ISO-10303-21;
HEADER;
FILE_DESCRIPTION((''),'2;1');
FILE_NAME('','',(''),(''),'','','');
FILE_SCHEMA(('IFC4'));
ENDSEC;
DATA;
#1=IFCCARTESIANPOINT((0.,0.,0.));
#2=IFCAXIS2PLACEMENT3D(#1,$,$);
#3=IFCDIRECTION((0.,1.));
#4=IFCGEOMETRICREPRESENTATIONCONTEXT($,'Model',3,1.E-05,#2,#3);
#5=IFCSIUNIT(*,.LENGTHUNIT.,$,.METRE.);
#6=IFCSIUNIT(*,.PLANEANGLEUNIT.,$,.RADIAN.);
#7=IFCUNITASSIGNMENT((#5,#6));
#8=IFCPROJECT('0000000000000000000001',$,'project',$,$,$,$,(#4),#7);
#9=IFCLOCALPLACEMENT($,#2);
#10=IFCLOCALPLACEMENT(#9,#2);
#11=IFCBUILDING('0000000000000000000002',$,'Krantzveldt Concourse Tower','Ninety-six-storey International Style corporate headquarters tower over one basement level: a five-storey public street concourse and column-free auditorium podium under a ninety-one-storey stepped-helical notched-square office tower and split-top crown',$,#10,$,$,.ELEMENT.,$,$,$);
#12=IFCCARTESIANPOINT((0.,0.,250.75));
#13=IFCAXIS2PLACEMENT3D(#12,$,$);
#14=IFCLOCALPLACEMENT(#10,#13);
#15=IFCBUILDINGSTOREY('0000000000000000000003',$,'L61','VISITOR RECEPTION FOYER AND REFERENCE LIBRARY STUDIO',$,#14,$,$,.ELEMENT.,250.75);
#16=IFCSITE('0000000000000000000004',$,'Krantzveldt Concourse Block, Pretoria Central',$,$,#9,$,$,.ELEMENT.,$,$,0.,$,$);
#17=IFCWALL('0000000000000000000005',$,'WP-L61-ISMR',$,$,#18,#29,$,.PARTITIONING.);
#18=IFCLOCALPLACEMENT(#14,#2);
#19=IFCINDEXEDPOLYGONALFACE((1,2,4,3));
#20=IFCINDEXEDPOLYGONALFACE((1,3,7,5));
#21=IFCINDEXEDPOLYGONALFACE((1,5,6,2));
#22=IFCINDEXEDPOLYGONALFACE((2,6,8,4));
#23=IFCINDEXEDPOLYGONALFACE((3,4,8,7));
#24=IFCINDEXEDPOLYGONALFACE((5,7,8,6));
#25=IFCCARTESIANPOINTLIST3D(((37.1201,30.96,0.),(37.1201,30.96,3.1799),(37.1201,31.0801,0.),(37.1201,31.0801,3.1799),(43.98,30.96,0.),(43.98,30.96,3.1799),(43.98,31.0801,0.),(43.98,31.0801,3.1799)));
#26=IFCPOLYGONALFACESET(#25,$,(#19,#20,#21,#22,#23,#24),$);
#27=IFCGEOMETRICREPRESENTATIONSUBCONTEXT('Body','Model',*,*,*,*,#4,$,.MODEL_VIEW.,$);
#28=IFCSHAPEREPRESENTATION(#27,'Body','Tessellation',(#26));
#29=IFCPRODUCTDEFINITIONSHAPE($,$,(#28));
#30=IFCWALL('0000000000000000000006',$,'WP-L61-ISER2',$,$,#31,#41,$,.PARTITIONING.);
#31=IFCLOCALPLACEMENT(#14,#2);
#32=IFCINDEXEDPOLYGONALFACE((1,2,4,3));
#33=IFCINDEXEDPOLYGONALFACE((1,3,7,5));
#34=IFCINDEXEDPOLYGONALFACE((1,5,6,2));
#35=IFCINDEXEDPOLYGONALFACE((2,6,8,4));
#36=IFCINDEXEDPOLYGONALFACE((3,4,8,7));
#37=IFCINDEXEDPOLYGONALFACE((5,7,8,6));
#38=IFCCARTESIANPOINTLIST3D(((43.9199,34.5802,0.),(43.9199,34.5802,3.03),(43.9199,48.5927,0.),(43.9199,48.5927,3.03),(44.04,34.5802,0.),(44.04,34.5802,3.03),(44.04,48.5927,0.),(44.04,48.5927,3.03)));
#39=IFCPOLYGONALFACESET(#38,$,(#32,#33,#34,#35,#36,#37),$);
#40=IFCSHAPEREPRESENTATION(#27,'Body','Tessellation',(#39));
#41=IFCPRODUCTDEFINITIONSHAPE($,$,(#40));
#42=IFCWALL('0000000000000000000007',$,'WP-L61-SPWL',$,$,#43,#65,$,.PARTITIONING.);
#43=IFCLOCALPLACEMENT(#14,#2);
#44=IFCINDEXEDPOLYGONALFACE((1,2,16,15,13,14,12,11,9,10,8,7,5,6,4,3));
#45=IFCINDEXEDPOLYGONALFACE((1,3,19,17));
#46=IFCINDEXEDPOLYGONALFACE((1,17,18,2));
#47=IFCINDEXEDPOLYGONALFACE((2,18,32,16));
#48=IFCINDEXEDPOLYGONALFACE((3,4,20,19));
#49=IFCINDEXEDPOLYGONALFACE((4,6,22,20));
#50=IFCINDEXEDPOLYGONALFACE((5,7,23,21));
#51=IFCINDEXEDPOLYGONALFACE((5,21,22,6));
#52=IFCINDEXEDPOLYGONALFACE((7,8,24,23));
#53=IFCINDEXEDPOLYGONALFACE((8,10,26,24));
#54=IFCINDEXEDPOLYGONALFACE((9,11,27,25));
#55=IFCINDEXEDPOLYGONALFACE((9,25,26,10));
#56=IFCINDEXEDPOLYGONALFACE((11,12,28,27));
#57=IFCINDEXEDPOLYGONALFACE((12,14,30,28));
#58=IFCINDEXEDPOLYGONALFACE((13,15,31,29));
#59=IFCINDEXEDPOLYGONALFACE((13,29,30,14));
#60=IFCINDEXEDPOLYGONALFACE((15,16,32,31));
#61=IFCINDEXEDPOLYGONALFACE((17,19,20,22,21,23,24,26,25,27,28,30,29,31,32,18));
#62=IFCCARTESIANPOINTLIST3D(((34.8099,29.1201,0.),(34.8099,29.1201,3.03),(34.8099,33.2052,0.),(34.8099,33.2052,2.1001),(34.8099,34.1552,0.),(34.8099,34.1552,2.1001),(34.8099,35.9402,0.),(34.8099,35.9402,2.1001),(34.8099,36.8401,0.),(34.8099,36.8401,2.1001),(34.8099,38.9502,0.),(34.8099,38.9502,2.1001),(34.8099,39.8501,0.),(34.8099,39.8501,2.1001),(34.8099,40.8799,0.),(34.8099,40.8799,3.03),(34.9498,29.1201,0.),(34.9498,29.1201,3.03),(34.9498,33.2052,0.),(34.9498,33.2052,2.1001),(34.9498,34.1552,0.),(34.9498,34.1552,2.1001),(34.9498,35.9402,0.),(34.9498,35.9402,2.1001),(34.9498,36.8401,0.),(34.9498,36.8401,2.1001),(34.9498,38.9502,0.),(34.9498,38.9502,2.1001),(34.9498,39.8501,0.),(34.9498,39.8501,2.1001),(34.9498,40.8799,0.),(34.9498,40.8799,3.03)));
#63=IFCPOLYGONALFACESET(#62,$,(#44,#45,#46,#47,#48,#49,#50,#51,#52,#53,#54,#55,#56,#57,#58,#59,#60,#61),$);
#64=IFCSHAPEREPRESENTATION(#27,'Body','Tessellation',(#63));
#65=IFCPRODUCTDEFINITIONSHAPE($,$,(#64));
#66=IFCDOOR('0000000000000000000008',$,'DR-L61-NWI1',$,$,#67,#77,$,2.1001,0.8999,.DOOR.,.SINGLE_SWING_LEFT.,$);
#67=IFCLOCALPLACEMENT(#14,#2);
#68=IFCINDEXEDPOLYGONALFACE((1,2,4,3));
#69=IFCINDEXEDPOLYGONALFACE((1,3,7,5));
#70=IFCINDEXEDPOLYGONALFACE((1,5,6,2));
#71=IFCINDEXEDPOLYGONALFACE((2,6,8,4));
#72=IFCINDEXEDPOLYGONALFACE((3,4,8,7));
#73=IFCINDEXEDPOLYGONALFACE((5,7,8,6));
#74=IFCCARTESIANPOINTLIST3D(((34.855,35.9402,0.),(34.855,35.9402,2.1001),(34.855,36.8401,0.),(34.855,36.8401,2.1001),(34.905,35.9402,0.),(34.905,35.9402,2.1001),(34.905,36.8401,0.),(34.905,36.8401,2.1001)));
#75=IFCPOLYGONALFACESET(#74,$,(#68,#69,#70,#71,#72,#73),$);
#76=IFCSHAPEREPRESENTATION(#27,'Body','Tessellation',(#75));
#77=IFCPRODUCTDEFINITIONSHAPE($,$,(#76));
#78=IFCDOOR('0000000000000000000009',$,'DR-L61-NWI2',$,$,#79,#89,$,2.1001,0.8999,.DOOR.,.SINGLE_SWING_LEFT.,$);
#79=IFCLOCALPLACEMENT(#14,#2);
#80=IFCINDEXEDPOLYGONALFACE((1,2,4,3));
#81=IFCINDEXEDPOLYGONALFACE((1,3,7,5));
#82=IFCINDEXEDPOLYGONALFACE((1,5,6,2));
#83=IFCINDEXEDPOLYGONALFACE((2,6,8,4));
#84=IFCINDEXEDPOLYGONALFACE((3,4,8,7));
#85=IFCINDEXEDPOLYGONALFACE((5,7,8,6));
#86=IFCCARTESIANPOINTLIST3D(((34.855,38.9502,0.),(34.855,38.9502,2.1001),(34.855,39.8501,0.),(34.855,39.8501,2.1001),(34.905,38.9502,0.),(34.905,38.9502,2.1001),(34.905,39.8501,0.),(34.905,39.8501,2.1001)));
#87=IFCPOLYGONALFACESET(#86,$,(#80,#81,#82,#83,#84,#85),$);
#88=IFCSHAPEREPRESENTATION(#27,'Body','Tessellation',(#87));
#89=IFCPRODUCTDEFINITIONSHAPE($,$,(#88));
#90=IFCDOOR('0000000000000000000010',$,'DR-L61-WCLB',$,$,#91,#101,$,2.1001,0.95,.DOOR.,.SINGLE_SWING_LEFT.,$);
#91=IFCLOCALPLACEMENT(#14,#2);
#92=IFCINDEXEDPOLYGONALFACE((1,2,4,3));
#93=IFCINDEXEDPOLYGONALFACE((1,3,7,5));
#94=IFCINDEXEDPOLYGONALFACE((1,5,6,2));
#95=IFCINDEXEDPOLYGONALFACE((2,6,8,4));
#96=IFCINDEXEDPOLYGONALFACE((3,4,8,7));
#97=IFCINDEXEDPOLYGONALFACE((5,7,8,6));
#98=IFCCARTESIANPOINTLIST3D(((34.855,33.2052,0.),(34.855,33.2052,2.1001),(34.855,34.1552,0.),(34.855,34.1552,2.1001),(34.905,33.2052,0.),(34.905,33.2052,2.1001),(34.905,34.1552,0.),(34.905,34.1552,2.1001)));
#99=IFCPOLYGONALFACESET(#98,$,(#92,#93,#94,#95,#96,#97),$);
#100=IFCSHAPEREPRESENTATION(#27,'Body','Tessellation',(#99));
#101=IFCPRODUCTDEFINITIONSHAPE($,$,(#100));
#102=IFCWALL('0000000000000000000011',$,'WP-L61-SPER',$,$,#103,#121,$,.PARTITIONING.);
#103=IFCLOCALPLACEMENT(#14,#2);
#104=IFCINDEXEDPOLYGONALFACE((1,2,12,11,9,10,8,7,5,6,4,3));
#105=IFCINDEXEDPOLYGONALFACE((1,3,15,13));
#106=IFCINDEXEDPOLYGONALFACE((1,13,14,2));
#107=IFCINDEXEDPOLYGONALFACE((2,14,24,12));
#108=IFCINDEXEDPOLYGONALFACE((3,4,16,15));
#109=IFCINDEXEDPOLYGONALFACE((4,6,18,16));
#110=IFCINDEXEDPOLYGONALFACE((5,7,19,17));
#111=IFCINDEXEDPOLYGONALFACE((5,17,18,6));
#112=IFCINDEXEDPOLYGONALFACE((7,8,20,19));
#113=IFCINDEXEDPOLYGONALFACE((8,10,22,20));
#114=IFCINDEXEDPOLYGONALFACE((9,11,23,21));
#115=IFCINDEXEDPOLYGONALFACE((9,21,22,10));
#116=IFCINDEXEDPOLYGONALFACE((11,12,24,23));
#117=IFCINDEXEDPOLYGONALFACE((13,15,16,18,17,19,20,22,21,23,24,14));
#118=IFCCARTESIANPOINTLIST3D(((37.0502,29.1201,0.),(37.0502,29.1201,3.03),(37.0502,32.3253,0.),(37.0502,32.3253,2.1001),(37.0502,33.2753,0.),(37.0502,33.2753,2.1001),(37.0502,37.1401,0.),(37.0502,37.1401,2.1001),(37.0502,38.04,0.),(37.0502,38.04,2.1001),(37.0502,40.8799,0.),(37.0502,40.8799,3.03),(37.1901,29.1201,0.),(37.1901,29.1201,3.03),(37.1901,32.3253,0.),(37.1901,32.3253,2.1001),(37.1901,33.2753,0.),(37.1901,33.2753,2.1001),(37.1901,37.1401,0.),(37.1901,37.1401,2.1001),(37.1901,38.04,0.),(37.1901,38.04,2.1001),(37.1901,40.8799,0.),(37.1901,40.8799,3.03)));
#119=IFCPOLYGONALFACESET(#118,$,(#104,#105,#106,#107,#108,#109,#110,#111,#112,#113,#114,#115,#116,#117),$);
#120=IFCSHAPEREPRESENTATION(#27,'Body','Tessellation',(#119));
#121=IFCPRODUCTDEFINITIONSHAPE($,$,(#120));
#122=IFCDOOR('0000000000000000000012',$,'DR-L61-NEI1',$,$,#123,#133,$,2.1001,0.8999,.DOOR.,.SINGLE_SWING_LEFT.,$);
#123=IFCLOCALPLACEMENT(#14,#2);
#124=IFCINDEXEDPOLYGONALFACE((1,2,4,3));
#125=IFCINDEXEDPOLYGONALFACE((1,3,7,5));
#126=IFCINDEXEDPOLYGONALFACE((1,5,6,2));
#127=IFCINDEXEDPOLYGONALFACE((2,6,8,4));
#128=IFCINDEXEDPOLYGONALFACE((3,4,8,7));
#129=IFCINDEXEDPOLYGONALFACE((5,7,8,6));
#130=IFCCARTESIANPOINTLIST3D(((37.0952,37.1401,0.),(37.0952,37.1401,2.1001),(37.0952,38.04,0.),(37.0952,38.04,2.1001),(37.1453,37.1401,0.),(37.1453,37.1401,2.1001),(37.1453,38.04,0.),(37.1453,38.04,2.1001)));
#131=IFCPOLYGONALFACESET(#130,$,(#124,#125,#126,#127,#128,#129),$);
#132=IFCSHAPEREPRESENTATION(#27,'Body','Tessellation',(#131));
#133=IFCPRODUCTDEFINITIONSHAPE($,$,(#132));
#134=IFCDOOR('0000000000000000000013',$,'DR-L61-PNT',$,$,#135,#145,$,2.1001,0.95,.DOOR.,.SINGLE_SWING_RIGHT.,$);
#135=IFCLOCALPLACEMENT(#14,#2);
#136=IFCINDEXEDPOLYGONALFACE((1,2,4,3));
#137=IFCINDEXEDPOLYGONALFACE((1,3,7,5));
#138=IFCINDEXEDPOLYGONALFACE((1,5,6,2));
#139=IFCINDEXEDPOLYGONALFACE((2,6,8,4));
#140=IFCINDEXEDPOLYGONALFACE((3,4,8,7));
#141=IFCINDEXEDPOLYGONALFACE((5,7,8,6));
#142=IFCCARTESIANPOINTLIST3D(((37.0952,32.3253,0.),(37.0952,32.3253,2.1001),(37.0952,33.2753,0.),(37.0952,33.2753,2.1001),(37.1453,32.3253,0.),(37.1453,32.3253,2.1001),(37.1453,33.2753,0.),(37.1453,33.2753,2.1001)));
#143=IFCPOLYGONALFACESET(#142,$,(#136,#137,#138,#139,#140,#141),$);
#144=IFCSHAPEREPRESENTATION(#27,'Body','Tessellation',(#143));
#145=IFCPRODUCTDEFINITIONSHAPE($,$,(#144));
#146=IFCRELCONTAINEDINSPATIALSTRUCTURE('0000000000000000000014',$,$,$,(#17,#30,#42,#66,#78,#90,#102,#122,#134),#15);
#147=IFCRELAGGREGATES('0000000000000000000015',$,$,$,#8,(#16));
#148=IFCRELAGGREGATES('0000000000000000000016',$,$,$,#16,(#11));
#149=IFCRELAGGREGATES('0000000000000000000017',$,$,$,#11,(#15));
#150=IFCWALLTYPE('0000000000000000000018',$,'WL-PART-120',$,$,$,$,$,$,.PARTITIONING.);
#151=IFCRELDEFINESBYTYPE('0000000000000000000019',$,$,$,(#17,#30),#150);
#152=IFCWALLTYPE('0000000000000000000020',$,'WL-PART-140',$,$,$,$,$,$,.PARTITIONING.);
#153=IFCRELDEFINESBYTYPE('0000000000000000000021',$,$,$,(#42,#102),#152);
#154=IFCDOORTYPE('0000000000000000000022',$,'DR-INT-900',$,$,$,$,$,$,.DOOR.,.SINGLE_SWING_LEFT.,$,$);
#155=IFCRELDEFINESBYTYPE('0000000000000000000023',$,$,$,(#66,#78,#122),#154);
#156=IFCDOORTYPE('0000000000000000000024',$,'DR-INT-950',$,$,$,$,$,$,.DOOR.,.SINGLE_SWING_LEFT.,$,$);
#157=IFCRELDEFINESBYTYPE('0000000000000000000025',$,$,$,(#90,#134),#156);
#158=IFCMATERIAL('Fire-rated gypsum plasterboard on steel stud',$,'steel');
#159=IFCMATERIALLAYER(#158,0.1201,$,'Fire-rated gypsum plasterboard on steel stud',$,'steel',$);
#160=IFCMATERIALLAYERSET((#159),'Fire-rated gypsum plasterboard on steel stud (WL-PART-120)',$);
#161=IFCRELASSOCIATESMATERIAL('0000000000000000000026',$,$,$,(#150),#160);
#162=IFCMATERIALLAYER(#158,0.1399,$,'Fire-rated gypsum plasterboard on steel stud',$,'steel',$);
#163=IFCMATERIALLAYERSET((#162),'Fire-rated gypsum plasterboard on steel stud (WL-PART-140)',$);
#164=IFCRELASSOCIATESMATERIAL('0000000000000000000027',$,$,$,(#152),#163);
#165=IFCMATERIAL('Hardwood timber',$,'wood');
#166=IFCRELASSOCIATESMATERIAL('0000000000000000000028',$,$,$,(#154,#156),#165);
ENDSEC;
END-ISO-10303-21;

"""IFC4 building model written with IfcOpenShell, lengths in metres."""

from ifc_helpers import new_model, si_unit, direction, frame, frame_2d, origin, place, context, subcontext, project, spatial, rectangle, extrude, material, layer, layer_set, type_object, element, fill, save


model = new_model("IFC4")

# Units and contexts
model_context = context("Model", 3, precision=1e-05, world=origin(), true_north=direction((0.0, 1.0)))
body_context = subcontext(model_context, "Body", "Model", "MODEL_VIEW")
ifc_project = project(units=[si_unit("LENGTHUNIT", "METRE"), si_unit("PLANEANGLEUNIT", "RADIAN")], contexts=[model_context])

# Site, building, storey
site_placement = place(None, origin())
site = spatial("IfcSite", under=ifc_project, at=site_placement, Name="Krantzveldt Concourse Block, Pretoria Central", CompositionType="ELEMENT", RefElevation=0.0)
building_placement = place(site_placement, origin())
building = spatial("IfcBuilding", under=site, at=building_placement, Name="Krantzveldt Concourse Tower", Description="Ninety-six-storey International Style corporate headquarters tower over one basement level: a five-storey public street concourse and column-free auditorium podium under a ninety-one-storey stepped-helical notched-square office tower and split-top crown", CompositionType="ELEMENT")
storey_placement = place(building_placement, frame((0.0, 0.0, 250.75)))
storey = spatial("IfcBuildingStorey", under=building, at=storey_placement, Name="L61", Description="VISITOR RECEPTION FOYER AND REFERENCE LIBRARY STUDIO", CompositionType="ELEMENT", Elevation=250.75)

# Walls
ifc_material_1 = material(Name="Fire-rated gypsum plasterboard on steel stud", Category="steel")
ifc_layer_1 = layer(ifc_material_1, 0.1201, Name="Fire-rated gypsum plasterboard on steel stud", Category="steel")
ifc_layer_set_1 = layer_set([ifc_layer_1], Name="Fire-rated gypsum plasterboard on steel stud (WL-PART-120)")
wall_type_1 = type_object("IfcWallType", Name="WL-PART-120", PredefinedType="PARTITIONING", material=ifc_layer_set_1)
wall_1_placement = place(storey_placement, frame((37.1201, 31.02, 0.0), z_axis=(0.0, 0.0, 1.0), x_axis=(1.0, 0.0, 0.0)))
element("IfcWall", 1, at=wall_1_placement, inside=storey, type_object=wall_type_1, Name="WP-L61-ISMR", PredefinedType="PARTITIONING", context=body_context, shape_type="SweptSolid", body=[
    extrude(rectangle(XDim=6.8599, YDim=0.1201, at=frame_2d((3.4299, 0.0))), origin(), (0.0, 0.0, 1.0), 3.1799),
])
wall_2_placement = place(storey_placement, frame((43.98, 34.5801, 0.0), z_axis=(0.0, 0.0, 1.0), x_axis=(0.0, 1.0, 0.0)))
element("IfcWall", 2, at=wall_2_placement, inside=storey, type_object=wall_type_1, Name="WP-L61-ISER2", PredefinedType="PARTITIONING", context=body_context, shape_type="SweptSolid", body=[
    extrude(rectangle(XDim=14.0125, YDim=0.1201, at=frame_2d((7.0063, 0.0))), origin(), (0.0, 0.0, 1.0), 3.03),
])

# Walls, openings, doors
ifc_layer_2 = layer(ifc_material_1, 0.1399, Name="Fire-rated gypsum plasterboard on steel stud", Category="steel")
ifc_layer_set_2 = layer_set([ifc_layer_2], Name="Fire-rated gypsum plasterboard on steel stud (WL-PART-140)")
wall_type_2 = type_object("IfcWallType", Name="WL-PART-140", PredefinedType="PARTITIONING", material=ifc_layer_set_2)
wall_3_placement = place(storey_placement, frame((34.8799, 29.1201, 0.0), z_axis=(0.0, 0.0, 1.0), x_axis=(0.0, 1.0, 0.0)))
wall_3 = element("IfcWall", 3, at=wall_3_placement, inside=storey, type_object=wall_type_2, Name="WP-L61-SPWL", PredefinedType="PARTITIONING", context=body_context, shape_type="SweptSolid", body=[
    extrude(rectangle(XDim=11.7598, YDim=0.1399, at=frame_2d((5.8799, 0.0))), origin(), (0.0, 0.0, 1.0), 3.03),
])
opening_1_placement = place(wall_3_placement, frame((4.085, 0.0, 0.0)))
opening_1 = element("IfcOpeningElement", 4, at=opening_1_placement, cuts=wall_3, PredefinedType="OPENING", context=body_context, shape_type="SweptSolid", body=[
    extrude(rectangle(XDim=0.95, YDim=2.1001, at=frame_2d((0.4751, 1.05))), frame((0.0, 0.0801, 0.0), z_axis=(0.0, -1.0, 0.0), x_axis=(1.0, 0.0, 0.0)), (0.0, 0.0, 1.0), 0.1599),
])
opening_2_placement = place(wall_3_placement, frame((6.8201, 0.0, 0.0)))
opening_2 = element("IfcOpeningElement", 5, at=opening_2_placement, cuts=wall_3, PredefinedType="OPENING", context=body_context, shape_type="SweptSolid", body=[
    extrude(rectangle(XDim=0.8999, YDim=2.1001, at=frame_2d((0.45, 1.05))), frame((0.0, 0.0801, 0.0), z_axis=(0.0, -1.0, 0.0), x_axis=(1.0, 0.0, 0.0)), (0.0, 0.0, 1.0), 0.1599),
])
opening_3_placement = place(wall_3_placement, frame((9.8301, 0.0, 0.0)))
opening_3 = element("IfcOpeningElement", 6, at=opening_3_placement, cuts=wall_3, PredefinedType="OPENING", context=body_context, shape_type="SweptSolid", body=[
    extrude(rectangle(XDim=0.8999, YDim=2.1001, at=frame_2d((0.45, 1.05))), frame((0.0, 0.0801, 0.0), z_axis=(0.0, -1.0, 0.0), x_axis=(1.0, 0.0, 0.0)), (0.0, 0.0, 1.0), 0.1599),
])
ifc_material_2 = material(Name="Hardwood timber", Category="wood")
door_type_1 = type_object("IfcDoorType", Name="DR-INT-900", OperationType="SINGLE_SWING_LEFT", PredefinedType="DOOR", material=ifc_material_2)
door_1_placement = place(opening_2_placement, origin())
door_1 = element("IfcDoor", 7, at=door_1_placement, inside=storey, type_object=door_type_1, Name="DR-L61-NWI1", OperationType="SINGLE_SWING_LEFT", OverallHeight=2.1001, OverallWidth=0.8999, PredefinedType="DOOR", context=body_context, shape_type="SweptSolid", body=[
    extrude(rectangle(XDim=0.8999, YDim=2.1001, at=frame_2d((0.45, 1.05))), frame((0.0, 0.0249, 0.0), z_axis=(0.0, -1.0, 0.0), x_axis=(1.0, 0.0, 0.0)), (0.0, 0.0, 1.0), 0.05),
])
fill(opening_2, door_1)
door_2_placement = place(opening_3_placement, origin())
door_2 = element("IfcDoor", 8, at=door_2_placement, inside=storey, type_object=door_type_1, Name="DR-L61-NWI2", OperationType="SINGLE_SWING_LEFT", OverallHeight=2.1001, OverallWidth=0.8999, PredefinedType="DOOR", context=body_context, shape_type="SweptSolid", body=[
    extrude(rectangle(XDim=0.8999, YDim=2.1001, at=frame_2d((0.45, 1.05))), frame((0.0, 0.0249, 0.0), z_axis=(0.0, -1.0, 0.0), x_axis=(1.0, 0.0, 0.0)), (0.0, 0.0, 1.0), 0.05),
])
fill(opening_3, door_2)
door_type_2 = type_object("IfcDoorType", Name="DR-INT-950", OperationType="SINGLE_SWING_LEFT", PredefinedType="DOOR", material=ifc_material_2)
door_3_placement = place(opening_1_placement, origin())
door_3 = element("IfcDoor", 9, at=door_3_placement, inside=storey, type_object=door_type_2, Name="DR-L61-WCLB", OperationType="SINGLE_SWING_LEFT", OverallHeight=2.1001, OverallWidth=0.95, PredefinedType="DOOR", context=body_context, shape_type="SweptSolid", body=[
    extrude(rectangle(XDim=0.95, YDim=2.1001, at=frame_2d((0.4751, 1.05))), frame((0.0, 0.0249, 0.0), z_axis=(0.0, -1.0, 0.0), x_axis=(1.0, 0.0, 0.0)), (0.0, 0.0, 1.0), 0.05),
])
fill(opening_1, door_3)
wall_4_placement = place(storey_placement, frame((37.1201, 29.1201, 0.0), z_axis=(0.0, 0.0, 1.0), x_axis=(0.0, 1.0, 0.0)))
wall_4 = element("IfcWall", 10, at=wall_4_placement, inside=storey, type_object=wall_type_2, Name="WP-L61-SPER", PredefinedType="PARTITIONING", context=body_context, shape_type="SweptSolid", body=[
    extrude(rectangle(XDim=11.7598, YDim=0.1399, at=frame_2d((5.8799, 0.0))), origin(), (0.0, 0.0, 1.0), 3.03),
])
opening_4_placement = place(wall_4_placement, frame((3.2051, 0.0, 0.0)))
opening_4 = element("IfcOpeningElement", 11, at=opening_4_placement, cuts=wall_4, PredefinedType="OPENING", context=body_context, shape_type="SweptSolid", body=[
    extrude(rectangle(XDim=0.95, YDim=2.1001, at=frame_2d((0.4751, 1.05))), frame((0.0, 0.0801, 0.0), z_axis=(0.0, -1.0, 0.0), x_axis=(1.0, 0.0, 0.0)), (0.0, 0.0, 1.0), 0.1599),
])
opening_5_placement = place(wall_4_placement, frame((8.02, 0.0, 0.0)))
opening_5 = element("IfcOpeningElement", 12, at=opening_5_placement, cuts=wall_4, PredefinedType="OPENING", context=body_context, shape_type="SweptSolid", body=[
    extrude(rectangle(XDim=0.8999, YDim=2.1001, at=frame_2d((0.45, 1.05))), frame((0.0, 0.0801, 0.0), z_axis=(0.0, -1.0, 0.0), x_axis=(1.0, 0.0, 0.0)), (0.0, 0.0, 1.0), 0.1599),
])
door_4_placement = place(opening_5_placement, origin())
door_4 = element("IfcDoor", 13, at=door_4_placement, inside=storey, type_object=door_type_1, Name="DR-L61-NEI1", OperationType="SINGLE_SWING_LEFT", OverallHeight=2.1001, OverallWidth=0.8999, PredefinedType="DOOR", context=body_context, shape_type="SweptSolid", body=[
    extrude(rectangle(XDim=0.8999, YDim=2.1001, at=frame_2d((0.45, 1.05))), frame((0.0, 0.0249, 0.0), z_axis=(0.0, -1.0, 0.0), x_axis=(1.0, 0.0, 0.0)), (0.0, 0.0, 1.0), 0.05),
])
fill(opening_5, door_4)
door_5_placement = place(opening_4_placement, origin())
door_5 = element("IfcDoor", 14, at=door_5_placement, inside=storey, type_object=door_type_2, Name="DR-L61-PNT", OperationType="SINGLE_SWING_RIGHT", OverallHeight=2.1001, OverallWidth=0.95, PredefinedType="DOOR", context=body_context, shape_type="SweptSolid", body=[
    extrude(rectangle(XDim=0.95, YDim=2.1001, at=frame_2d((0.4751, 1.05))), frame((0.0, 0.0249, 0.0), z_axis=(0.0, -1.0, 0.0), x_axis=(1.0, 0.0, 0.0)), (0.0, 0.0, 1.0), 0.05),
])
fill(opening_4, door_5)

save(model, "model.ifc")
